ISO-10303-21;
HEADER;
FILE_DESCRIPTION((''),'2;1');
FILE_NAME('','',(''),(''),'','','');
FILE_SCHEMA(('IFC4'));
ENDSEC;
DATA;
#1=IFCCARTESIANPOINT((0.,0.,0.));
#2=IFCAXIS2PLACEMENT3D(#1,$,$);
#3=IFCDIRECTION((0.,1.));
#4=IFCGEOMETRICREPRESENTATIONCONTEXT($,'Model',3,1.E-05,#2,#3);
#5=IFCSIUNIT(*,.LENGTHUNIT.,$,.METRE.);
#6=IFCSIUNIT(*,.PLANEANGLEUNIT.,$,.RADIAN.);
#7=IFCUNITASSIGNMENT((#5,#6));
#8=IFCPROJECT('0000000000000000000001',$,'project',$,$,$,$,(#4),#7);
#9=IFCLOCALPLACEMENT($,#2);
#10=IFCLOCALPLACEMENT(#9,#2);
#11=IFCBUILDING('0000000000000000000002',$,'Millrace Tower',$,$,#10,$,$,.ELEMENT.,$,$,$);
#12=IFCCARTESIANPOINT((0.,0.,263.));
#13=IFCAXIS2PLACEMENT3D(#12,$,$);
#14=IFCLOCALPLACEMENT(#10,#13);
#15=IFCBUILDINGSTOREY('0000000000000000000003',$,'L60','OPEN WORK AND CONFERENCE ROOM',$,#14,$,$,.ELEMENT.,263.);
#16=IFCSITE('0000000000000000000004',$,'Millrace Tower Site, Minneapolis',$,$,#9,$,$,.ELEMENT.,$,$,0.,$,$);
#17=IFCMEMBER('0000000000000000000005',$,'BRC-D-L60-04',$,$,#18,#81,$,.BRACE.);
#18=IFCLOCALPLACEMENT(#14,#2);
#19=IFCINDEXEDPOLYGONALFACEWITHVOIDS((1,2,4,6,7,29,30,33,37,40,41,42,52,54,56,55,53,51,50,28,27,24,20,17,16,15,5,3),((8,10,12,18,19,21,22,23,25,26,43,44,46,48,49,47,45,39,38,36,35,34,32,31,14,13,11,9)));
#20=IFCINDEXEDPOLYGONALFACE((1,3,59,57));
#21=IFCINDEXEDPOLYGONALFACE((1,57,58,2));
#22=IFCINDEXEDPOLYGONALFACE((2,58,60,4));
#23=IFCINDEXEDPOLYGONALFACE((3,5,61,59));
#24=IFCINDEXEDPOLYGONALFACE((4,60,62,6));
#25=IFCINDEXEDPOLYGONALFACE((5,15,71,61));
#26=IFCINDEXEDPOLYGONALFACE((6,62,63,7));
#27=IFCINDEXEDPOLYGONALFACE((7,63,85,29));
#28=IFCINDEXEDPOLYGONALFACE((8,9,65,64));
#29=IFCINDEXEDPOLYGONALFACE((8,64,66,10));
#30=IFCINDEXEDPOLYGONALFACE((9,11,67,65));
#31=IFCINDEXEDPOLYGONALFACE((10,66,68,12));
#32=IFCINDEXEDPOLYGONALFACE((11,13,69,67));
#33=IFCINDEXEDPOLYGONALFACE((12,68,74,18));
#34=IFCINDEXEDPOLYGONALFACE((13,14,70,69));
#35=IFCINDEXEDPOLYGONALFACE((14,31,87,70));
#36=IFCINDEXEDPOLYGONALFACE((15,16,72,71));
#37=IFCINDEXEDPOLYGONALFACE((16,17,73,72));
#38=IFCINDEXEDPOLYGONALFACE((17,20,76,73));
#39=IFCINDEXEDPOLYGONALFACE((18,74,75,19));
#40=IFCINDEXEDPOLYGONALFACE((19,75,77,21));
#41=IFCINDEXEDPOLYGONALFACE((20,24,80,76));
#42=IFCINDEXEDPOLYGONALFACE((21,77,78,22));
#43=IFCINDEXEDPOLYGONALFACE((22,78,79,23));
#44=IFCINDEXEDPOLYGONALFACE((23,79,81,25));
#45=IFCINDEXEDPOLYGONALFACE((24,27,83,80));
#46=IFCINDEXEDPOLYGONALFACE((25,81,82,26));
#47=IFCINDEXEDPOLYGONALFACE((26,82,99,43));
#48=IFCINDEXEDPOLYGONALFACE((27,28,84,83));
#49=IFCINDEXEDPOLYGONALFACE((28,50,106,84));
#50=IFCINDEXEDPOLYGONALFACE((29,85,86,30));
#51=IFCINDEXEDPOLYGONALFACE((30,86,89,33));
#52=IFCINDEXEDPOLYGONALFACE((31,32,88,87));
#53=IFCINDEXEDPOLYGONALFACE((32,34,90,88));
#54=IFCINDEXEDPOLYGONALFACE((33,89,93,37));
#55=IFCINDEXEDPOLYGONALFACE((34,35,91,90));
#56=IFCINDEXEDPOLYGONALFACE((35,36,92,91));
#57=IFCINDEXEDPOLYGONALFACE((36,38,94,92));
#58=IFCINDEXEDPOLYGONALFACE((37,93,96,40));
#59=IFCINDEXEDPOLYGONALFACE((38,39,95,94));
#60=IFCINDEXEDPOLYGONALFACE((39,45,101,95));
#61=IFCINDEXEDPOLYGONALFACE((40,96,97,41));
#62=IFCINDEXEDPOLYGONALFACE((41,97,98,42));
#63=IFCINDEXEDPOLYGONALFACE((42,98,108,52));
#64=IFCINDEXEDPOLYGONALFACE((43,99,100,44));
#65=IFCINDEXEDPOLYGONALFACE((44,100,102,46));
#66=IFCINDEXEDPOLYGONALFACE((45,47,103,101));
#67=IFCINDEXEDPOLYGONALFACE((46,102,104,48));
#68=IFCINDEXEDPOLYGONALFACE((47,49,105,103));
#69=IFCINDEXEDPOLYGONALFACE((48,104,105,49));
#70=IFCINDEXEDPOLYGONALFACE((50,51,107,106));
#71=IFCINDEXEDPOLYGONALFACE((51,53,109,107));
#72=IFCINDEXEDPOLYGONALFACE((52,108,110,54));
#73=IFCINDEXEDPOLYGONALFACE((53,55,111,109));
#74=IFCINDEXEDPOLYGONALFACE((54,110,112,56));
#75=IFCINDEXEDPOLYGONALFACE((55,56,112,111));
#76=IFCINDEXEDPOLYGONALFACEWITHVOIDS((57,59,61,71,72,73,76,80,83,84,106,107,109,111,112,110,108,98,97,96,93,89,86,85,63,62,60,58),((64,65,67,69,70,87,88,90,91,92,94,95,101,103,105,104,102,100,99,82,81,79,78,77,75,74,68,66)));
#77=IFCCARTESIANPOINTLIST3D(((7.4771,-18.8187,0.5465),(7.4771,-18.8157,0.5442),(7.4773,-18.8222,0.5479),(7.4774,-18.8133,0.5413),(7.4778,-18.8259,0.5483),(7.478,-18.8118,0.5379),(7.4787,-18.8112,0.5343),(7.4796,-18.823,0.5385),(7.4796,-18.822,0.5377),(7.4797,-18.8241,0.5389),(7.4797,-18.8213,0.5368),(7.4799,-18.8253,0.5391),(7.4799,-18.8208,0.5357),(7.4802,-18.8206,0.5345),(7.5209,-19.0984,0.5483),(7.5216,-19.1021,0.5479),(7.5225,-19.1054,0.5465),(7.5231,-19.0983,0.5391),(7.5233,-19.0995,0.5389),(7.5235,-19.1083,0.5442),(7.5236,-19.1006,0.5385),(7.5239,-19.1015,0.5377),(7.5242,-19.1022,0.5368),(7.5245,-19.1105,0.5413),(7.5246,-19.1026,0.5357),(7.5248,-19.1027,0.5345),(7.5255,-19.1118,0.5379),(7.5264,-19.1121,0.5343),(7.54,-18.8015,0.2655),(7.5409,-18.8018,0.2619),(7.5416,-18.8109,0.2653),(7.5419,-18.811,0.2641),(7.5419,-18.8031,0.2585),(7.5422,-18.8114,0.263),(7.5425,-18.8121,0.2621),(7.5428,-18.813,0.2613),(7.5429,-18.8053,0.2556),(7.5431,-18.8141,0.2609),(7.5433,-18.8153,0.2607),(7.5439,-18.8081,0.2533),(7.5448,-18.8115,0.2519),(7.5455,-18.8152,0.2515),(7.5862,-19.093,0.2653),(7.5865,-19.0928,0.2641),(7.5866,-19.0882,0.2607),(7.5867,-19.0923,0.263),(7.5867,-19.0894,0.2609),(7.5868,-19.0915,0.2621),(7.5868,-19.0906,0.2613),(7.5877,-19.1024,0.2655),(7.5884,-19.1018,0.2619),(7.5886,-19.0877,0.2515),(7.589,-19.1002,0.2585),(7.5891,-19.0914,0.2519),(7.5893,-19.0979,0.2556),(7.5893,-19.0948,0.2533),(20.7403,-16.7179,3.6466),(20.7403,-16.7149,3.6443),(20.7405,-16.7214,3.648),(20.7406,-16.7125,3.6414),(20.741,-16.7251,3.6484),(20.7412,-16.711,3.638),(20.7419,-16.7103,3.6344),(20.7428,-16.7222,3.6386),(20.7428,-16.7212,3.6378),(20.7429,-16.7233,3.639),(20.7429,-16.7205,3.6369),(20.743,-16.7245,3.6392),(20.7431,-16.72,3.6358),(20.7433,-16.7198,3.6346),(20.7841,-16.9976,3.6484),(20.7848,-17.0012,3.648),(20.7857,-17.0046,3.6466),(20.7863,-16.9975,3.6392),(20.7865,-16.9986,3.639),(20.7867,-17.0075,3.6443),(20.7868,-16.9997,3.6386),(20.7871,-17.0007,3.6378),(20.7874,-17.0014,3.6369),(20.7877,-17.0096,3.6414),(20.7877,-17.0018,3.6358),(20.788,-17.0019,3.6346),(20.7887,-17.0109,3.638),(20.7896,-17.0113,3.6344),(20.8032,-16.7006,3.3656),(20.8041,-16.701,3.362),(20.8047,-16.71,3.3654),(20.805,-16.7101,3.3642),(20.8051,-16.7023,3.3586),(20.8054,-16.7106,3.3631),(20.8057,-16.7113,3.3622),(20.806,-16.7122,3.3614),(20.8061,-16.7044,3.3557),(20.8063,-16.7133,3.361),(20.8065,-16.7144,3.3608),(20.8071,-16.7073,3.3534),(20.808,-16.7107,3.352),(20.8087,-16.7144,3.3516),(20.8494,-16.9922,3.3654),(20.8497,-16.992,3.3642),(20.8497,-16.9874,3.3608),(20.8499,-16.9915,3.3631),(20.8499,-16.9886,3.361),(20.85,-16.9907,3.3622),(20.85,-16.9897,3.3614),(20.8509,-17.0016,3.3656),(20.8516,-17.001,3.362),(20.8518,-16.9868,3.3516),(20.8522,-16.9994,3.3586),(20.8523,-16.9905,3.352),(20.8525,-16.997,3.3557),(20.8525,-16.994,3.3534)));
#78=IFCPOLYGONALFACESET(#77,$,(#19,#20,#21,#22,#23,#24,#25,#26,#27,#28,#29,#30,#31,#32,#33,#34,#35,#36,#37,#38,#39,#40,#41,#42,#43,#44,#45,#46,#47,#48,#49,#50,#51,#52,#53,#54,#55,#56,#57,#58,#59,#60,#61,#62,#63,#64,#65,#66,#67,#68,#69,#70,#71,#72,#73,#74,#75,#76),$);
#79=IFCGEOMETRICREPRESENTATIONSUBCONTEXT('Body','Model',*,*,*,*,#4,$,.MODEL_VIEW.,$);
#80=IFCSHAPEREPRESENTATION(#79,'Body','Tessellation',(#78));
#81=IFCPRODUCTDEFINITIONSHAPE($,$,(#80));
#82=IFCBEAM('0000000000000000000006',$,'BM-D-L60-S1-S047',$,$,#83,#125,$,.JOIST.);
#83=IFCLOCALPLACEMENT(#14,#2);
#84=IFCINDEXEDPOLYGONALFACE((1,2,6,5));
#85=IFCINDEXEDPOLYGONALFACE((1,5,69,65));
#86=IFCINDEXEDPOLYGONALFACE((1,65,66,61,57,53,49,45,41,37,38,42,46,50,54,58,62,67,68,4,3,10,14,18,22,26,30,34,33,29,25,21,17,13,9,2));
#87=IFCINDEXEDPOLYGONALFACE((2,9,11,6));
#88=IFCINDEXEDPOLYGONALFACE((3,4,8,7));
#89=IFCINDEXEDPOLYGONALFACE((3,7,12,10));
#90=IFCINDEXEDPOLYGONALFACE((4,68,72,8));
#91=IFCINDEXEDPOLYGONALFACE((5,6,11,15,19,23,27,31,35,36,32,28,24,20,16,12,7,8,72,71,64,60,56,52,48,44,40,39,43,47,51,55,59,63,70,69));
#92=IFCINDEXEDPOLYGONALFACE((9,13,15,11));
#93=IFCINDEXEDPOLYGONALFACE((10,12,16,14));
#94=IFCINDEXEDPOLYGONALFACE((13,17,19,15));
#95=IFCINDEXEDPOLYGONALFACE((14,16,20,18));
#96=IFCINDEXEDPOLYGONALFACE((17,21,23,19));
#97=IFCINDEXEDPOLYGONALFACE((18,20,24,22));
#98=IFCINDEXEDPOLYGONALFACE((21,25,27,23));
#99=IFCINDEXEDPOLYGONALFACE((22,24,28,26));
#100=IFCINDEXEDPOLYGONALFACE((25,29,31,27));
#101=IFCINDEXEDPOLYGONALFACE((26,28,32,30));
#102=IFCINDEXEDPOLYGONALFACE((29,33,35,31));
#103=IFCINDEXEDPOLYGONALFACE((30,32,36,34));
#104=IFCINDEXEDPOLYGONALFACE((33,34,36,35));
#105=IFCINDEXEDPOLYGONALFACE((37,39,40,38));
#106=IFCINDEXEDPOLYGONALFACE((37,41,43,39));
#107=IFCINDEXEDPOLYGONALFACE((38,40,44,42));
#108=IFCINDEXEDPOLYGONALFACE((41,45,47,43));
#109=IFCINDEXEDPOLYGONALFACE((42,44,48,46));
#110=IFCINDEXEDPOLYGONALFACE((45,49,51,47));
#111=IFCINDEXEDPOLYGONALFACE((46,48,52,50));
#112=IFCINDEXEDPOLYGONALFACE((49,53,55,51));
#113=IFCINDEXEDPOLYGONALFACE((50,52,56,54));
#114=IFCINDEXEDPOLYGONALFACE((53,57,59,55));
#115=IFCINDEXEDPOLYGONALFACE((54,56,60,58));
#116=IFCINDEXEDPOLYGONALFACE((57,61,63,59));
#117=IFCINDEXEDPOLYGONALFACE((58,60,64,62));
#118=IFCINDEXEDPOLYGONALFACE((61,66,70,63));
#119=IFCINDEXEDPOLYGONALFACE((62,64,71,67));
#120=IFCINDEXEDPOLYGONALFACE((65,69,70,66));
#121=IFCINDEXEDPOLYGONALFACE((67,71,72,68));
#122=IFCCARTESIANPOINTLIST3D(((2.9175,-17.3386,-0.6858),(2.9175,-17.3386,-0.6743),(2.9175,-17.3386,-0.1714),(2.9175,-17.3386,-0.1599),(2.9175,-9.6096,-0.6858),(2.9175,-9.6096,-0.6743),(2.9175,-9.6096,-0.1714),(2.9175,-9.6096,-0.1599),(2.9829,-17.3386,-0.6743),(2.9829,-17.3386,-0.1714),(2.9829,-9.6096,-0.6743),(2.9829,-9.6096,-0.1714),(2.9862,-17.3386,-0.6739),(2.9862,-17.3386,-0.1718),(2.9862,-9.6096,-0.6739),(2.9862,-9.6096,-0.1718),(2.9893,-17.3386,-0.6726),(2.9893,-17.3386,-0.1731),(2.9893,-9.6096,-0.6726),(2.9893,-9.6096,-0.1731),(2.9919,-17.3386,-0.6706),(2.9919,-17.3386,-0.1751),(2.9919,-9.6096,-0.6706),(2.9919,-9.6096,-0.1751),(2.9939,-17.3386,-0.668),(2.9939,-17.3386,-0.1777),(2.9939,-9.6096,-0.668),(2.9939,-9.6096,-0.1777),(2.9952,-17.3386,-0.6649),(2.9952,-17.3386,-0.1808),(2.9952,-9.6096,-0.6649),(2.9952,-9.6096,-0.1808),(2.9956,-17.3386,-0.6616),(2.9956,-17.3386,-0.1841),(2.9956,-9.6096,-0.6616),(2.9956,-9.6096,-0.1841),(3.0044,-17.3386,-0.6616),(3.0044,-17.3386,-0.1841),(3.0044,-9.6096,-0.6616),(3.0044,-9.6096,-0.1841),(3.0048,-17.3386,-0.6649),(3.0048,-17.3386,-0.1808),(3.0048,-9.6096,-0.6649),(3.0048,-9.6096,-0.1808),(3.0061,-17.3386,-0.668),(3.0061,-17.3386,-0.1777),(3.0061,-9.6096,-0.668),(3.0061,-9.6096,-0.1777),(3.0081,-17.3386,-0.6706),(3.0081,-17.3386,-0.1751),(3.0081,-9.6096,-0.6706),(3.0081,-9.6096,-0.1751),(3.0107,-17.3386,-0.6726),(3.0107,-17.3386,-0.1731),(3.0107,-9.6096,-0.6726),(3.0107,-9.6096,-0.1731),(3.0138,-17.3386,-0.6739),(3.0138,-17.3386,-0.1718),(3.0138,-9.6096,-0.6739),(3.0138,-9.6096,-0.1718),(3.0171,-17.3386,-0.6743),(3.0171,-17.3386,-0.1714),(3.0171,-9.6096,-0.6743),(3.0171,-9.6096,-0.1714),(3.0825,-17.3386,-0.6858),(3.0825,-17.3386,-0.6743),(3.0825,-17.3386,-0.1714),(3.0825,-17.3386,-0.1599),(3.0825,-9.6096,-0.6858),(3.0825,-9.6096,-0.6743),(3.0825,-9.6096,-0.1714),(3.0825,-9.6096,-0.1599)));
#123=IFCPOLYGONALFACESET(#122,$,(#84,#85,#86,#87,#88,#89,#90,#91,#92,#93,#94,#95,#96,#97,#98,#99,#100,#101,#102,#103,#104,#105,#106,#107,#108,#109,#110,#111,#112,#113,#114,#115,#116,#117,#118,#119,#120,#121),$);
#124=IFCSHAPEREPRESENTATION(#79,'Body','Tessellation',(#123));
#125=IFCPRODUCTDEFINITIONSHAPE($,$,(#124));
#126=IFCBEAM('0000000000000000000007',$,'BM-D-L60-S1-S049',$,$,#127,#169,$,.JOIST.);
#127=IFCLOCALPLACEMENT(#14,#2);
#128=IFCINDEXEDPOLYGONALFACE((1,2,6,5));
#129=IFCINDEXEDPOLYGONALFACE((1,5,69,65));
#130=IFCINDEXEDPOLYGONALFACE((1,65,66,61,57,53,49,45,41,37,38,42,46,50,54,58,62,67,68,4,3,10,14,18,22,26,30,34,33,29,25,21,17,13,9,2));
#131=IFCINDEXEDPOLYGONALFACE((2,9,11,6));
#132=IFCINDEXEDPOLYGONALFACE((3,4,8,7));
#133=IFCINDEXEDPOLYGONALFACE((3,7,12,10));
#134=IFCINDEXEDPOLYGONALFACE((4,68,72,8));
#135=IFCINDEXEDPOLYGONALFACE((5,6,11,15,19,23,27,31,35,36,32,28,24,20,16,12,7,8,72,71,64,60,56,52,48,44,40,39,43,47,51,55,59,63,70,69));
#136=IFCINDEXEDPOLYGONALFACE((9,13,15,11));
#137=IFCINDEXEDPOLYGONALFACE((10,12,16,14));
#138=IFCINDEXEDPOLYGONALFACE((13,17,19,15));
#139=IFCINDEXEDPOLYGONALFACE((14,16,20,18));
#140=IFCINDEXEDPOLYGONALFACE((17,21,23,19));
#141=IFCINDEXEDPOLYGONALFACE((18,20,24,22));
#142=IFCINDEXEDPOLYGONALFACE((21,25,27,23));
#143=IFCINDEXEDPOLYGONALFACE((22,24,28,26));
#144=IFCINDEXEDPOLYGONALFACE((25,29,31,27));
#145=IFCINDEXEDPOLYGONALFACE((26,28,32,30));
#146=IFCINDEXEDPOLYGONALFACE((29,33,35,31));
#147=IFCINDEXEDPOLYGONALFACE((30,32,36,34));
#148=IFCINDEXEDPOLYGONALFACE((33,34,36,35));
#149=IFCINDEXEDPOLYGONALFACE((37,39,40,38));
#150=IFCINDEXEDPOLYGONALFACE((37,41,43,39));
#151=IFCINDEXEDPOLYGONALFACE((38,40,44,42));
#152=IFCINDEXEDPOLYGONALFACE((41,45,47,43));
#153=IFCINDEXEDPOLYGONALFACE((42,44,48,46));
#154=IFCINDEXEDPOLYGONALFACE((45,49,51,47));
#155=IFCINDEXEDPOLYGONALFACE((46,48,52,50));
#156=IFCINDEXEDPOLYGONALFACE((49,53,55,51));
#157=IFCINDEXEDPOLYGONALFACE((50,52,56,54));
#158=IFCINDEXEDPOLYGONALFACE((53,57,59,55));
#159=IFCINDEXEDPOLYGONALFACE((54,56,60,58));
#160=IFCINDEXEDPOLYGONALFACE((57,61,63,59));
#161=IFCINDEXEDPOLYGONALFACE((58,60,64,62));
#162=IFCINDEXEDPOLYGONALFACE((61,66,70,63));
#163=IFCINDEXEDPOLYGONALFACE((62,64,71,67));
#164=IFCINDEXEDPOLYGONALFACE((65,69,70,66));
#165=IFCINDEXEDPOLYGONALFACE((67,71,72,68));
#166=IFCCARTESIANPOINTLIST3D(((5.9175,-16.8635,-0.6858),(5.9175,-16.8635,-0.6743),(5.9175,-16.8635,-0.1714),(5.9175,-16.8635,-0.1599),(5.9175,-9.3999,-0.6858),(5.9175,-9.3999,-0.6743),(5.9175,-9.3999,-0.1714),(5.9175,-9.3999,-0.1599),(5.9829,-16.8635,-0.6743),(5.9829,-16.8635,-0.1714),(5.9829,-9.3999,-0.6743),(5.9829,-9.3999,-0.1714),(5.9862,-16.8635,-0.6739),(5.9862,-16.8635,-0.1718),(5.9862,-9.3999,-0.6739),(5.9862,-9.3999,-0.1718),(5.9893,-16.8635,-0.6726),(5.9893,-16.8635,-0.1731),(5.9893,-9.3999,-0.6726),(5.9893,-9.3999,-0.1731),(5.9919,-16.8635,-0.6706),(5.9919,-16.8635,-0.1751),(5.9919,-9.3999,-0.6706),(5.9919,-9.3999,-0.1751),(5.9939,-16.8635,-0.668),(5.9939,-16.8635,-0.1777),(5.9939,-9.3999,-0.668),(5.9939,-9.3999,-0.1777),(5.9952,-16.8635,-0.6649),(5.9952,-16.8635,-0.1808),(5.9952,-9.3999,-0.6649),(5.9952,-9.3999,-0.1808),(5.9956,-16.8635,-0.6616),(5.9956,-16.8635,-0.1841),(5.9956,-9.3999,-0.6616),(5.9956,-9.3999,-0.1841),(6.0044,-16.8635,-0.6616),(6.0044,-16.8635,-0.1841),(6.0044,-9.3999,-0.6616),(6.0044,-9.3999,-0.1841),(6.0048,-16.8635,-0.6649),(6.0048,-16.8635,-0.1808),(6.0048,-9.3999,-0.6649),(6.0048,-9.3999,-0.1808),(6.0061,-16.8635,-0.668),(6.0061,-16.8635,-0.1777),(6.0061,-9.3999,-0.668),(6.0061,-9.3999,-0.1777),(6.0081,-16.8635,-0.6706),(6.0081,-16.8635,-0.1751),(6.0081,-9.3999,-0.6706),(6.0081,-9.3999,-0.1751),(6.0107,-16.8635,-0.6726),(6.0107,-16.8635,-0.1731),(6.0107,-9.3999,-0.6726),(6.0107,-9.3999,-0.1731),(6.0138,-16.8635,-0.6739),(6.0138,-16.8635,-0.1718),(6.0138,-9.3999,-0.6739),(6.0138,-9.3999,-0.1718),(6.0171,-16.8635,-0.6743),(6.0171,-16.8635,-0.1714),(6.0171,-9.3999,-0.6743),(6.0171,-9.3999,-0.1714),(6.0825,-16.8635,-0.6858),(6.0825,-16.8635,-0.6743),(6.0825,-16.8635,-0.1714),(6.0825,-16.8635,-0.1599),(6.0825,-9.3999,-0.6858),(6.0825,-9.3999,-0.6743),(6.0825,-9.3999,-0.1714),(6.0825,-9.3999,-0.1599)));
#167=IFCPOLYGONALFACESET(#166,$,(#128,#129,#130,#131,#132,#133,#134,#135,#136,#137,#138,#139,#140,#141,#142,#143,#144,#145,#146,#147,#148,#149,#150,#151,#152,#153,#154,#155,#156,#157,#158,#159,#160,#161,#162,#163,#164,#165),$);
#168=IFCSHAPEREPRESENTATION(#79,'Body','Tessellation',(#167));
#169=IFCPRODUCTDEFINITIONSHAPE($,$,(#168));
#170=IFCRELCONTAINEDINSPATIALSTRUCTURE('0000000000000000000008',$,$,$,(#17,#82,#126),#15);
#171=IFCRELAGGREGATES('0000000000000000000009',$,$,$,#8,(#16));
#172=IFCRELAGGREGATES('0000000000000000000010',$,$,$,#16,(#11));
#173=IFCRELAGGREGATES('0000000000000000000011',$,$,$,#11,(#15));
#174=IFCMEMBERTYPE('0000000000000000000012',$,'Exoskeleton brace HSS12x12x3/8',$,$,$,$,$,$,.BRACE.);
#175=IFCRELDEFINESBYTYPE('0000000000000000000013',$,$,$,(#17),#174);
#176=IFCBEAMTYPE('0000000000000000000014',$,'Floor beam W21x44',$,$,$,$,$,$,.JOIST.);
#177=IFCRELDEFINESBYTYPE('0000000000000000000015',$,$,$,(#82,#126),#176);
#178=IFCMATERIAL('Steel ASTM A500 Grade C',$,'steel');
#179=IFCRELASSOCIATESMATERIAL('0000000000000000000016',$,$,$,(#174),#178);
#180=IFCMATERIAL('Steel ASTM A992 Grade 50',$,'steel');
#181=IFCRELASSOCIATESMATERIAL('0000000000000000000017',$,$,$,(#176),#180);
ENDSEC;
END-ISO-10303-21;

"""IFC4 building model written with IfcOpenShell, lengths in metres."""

from ifc_helpers import new_model, si_unit, direction, frame, origin, origin_2d, place, context, subcontext, project, spatial, hollow_rectangle, i_section, extrude, material, material_profile, profile_set, type_object, element, save


model = new_model("IFC4")

# Units and contexts
model_context = context("Model", 3, precision=1e-05, world=origin(), true_north=direction((0.0, 1.0)))
body_context = subcontext(model_context, "Body", "Model", "MODEL_VIEW")
ifc_project = project(units=[si_unit("LENGTHUNIT", "METRE"), si_unit("PLANEANGLEUNIT", "RADIAN")], contexts=[model_context])

# Site, building, storey
site_placement = place(None, origin())
site = spatial("IfcSite", under=ifc_project, at=site_placement, Name="Millrace Tower Site, Minneapolis", CompositionType="ELEMENT", RefElevation=0.0)
building_placement = place(site_placement, origin())
building = spatial("IfcBuilding", under=site, at=building_placement, Name="Millrace Tower", CompositionType="ELEMENT")
storey_placement = place(building_placement, frame((0.0, 0.0, 263.0)))
storey = spatial("IfcBuildingStorey", under=building, at=storey_placement, Name="L60", Description="OPEN WORK AND CONFERENCE ROOM", CompositionType="ELEMENT", Elevation=263.0)

# Member
ifc_material_1 = material(Name="Steel ASTM A500 Grade C", Category="steel")
ifc_material_profile_1 = material_profile(ifc_material_1, hollow_rectangle(XDim=0.3047, YDim=0.3047, WallThickness=0.0095, InnerFilletRadius=0.0046, OuterFilletRadius=0.0144, at=origin_2d()))
ifc_profile_set_1 = profile_set([ifc_material_profile_1], Name="Steel ASTM A500 Grade C")
member_type_1 = type_object("IfcMemberType", Name="Exoskeleton brace HSS12x12x3/8", PredefinedType="BRACE", material=ifc_profile_set_1)
member_1_placement = place(storey_placement, frame((7.5332, -18.9568, 0.3999), z_axis=(0.962374, 0.152436, 0.224943), x_axis=(-0.156445, 0.987687, 0.0)))
element("IfcMember", 1, at=member_1_placement, inside=storey, type_object=member_type_1, Name="BRC-D-L60-04", PredefinedType="BRACE", context=body_context, shape_type="SweptSolid", body=[
    extrude(hollow_rectangle(XDim=0.3047, YDim=0.3047, WallThickness=0.0095, InnerFilletRadius=0.0046, OuterFilletRadius=0.0144, at=origin_2d()), origin(), (0.0, 0.0, 1.0), 13.7817),
])

# Beams
ifc_material_2 = material(Name="Steel ASTM A992 Grade 50", Category="steel")
ifc_material_profile_2 = material_profile(ifc_material_2, i_section(OverallWidth=0.165, OverallDepth=0.5259, WebThickness=0.0088, FlangeThickness=0.0115, FilletRadius=0.0127, at=origin_2d()))
ifc_profile_set_2 = profile_set([ifc_material_profile_2], Name="Steel ASTM A992 Grade 50")
beam_type_1 = type_object("IfcBeamType", Name="Floor beam W21x44", PredefinedType="JOIST", material=ifc_profile_set_2)
beam_1_placement = place(storey_placement, frame((3.0, -17.3386, -0.4229), z_axis=(0.0, 1.0, 0.0), x_axis=(-1.0, 0.0, 0.0)))
element("IfcBeam", 2, at=beam_1_placement, inside=storey, type_object=beam_type_1, Name="BM-D-L60-S1-S047", PredefinedType="JOIST", context=body_context, shape_type="SweptSolid", body=[
    extrude(i_section(OverallWidth=0.165, OverallDepth=0.5259, WebThickness=0.0088, FlangeThickness=0.0115, FilletRadius=0.0127, at=origin_2d()), origin(), (0.0, 0.0, 1.0), 7.729),
])
beam_2_placement = place(storey_placement, frame((6.0, -16.8635, -0.4229), z_axis=(0.0, 1.0, 0.0), x_axis=(-1.0, 0.0, 0.0)))
element("IfcBeam", 3, at=beam_2_placement, inside=storey, type_object=beam_type_1, Name="BM-D-L60-S1-S049", PredefinedType="JOIST", context=body_context, shape_type="SweptSolid", body=[
    extrude(i_section(OverallWidth=0.165, OverallDepth=0.5259, WebThickness=0.0088, FlangeThickness=0.0115, FilletRadius=0.0127, at=origin_2d()), origin(), (0.0, 0.0, 1.0), 7.4636),
])

save(model, "model.ifc")
